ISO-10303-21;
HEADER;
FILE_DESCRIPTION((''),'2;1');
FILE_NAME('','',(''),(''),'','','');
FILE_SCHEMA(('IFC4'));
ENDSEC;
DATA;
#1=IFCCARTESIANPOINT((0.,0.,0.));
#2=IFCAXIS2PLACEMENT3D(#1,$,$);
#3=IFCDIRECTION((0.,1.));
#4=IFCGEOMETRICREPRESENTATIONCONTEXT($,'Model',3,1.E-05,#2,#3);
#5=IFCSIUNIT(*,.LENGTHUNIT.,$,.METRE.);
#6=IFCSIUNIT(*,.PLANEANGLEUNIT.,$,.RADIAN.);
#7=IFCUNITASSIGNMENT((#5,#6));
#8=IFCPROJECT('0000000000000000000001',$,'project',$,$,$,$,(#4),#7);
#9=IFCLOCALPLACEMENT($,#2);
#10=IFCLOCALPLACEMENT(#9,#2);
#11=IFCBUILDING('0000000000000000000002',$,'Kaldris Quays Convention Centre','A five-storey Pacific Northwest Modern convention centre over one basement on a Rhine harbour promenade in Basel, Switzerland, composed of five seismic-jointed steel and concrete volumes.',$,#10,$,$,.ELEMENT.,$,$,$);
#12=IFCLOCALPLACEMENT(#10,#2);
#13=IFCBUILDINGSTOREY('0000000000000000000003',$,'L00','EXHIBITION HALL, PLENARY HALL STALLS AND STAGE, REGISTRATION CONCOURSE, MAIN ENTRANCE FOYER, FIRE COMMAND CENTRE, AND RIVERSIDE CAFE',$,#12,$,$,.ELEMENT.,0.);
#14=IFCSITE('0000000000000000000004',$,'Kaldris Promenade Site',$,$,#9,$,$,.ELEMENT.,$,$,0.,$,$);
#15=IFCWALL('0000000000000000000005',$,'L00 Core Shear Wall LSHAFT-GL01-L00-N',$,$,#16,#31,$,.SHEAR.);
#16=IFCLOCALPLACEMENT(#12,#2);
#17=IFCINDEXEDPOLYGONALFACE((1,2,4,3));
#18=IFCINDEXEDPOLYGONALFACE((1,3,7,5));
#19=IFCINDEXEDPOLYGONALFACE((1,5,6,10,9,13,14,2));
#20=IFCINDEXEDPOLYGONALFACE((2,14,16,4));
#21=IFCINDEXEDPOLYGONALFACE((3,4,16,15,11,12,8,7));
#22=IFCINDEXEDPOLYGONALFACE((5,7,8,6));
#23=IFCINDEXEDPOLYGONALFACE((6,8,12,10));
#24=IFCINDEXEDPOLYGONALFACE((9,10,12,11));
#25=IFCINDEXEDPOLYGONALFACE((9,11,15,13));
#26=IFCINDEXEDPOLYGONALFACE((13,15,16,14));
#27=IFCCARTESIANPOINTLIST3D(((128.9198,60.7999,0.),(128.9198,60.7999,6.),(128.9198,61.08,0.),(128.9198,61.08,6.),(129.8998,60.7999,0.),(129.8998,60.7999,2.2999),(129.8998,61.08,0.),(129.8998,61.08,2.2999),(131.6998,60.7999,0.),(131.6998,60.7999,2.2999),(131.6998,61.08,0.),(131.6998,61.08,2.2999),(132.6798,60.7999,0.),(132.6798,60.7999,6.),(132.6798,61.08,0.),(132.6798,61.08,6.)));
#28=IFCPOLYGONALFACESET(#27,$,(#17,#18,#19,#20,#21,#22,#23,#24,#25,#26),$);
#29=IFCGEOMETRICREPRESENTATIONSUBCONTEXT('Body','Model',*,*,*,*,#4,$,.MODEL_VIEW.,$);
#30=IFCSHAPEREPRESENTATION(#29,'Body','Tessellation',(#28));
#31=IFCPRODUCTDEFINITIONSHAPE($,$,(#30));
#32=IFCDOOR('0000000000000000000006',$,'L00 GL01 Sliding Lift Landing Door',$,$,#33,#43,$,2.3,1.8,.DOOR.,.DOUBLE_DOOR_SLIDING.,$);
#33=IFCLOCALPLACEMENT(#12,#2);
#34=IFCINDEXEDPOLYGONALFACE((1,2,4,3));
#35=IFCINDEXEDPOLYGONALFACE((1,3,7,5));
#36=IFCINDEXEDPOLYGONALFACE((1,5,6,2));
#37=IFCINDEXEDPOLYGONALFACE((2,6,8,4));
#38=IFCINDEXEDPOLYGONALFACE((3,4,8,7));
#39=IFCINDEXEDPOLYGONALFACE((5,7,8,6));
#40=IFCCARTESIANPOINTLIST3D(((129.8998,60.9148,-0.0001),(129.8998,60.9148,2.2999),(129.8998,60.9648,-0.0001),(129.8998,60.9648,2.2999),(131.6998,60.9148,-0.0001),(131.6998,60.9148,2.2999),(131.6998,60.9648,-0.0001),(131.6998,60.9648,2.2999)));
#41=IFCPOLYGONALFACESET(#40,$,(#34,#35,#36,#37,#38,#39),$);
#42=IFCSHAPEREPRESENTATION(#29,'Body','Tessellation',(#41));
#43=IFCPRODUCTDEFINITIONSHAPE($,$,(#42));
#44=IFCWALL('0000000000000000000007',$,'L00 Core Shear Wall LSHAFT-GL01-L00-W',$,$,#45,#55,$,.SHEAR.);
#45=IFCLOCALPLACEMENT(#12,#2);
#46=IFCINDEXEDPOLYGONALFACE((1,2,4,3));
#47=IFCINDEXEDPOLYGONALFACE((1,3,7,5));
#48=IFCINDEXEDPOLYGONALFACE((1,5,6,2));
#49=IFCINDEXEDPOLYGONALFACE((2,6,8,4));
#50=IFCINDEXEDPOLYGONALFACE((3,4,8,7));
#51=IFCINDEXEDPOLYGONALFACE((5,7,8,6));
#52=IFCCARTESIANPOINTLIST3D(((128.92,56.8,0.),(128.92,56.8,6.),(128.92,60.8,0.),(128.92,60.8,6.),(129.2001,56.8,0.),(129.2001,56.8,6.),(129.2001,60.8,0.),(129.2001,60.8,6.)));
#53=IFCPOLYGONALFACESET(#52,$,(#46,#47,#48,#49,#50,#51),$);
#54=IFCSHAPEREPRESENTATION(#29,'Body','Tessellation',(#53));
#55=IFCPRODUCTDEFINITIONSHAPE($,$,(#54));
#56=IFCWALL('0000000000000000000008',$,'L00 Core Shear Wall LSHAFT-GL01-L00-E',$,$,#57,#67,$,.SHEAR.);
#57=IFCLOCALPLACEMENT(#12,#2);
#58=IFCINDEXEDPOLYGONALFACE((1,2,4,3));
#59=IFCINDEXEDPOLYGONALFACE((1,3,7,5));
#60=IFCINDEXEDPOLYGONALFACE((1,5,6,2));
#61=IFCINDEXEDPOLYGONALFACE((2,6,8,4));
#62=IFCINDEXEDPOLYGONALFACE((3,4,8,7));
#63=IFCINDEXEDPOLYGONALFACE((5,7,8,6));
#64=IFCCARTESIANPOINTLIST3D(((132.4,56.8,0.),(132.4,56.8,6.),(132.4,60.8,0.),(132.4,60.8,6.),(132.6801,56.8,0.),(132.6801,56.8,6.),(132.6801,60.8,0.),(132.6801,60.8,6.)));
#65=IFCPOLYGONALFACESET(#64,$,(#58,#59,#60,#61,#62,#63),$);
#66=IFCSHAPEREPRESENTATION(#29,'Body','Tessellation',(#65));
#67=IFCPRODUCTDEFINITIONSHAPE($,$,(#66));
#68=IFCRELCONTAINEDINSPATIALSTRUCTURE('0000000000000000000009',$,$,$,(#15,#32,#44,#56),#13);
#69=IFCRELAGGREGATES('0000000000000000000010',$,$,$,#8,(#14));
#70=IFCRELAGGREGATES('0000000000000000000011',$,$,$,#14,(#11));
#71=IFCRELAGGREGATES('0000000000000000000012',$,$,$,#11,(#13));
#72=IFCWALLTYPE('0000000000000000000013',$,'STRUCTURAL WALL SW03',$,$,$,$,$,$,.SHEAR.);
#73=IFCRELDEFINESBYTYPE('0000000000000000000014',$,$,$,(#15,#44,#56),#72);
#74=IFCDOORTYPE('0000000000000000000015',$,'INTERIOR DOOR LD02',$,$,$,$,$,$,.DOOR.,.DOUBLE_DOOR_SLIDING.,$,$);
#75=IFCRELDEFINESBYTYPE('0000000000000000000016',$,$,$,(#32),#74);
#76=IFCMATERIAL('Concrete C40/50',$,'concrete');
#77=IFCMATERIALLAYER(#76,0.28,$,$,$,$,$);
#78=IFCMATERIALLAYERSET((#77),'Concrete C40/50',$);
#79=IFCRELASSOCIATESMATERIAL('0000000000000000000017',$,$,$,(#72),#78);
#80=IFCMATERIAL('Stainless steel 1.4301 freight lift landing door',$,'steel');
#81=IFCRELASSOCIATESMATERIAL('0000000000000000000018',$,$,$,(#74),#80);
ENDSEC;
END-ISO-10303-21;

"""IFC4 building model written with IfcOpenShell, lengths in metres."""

from ifc_helpers import new_model, si_unit, direction, frame, frame_2d, origin, place, context, subcontext, project, spatial, rectangle, extrude, material, layer, layer_set, type_object, element, fill, save


model = new_model("IFC4")

# Units and contexts
model_context = context("Model", 3, precision=1e-05, world=origin(), true_north=direction((0.0, 1.0)))
body_context = subcontext(model_context, "Body", "Model", "MODEL_VIEW")
ifc_project = project(units=[si_unit("LENGTHUNIT", "METRE"), si_unit("PLANEANGLEUNIT", "RADIAN")], contexts=[model_context])

# Site, building, storey
site_placement = place(None, origin())
site = spatial("IfcSite", under=ifc_project, at=site_placement, Name="Kaldris Promenade Site", CompositionType="ELEMENT", RefElevation=0.0)
building_placement = place(site_placement, origin())
building = spatial("IfcBuilding", under=site, at=building_placement, Name="Kaldris Quays Convention Centre", Description="A five-storey Pacific Northwest Modern convention centre over one basement on a Rhine harbour promenade in Basel, Switzerland, composed of five seismic-jointed steel and concrete volumes.", CompositionType="ELEMENT")
storey_placement = place(building_placement, origin())
storey = spatial("IfcBuildingStorey", under=building, at=storey_placement, Name="L00", Description="EXHIBITION HALL, PLENARY HALL STALLS AND STAGE, REGISTRATION CONCOURSE, MAIN ENTRANCE FOYER, FIRE COMMAND CENTRE, AND RIVERSIDE CAFE", CompositionType="ELEMENT", Elevation=0.0)

# Shared definitions
ifc_material_1 = material(Name="Concrete C40/50", Category="concrete")

# Shared definitions
ifc_layer_1 = layer(ifc_material_1, 0.28)
ifc_layer_set_1 = layer_set([ifc_layer_1], Name="Concrete C40/50")
wall_type_1 = type_object("IfcWallType", Name="STRUCTURAL WALL SW03", PredefinedType="SHEAR", material=ifc_layer_set_1)

# Wall, opening, door
wall_1_placement = place(storey_placement, frame((128.9199, 60.9399, 0.0), z_axis=(0.0, 0.0, 1.0), x_axis=(1.0, 0.0, 0.0)))
wall_1 = element("IfcWall", 1, at=wall_1_placement, inside=storey, type_object=wall_type_1, Name="L00 Core Shear Wall LSHAFT-GL01-L00-N", PredefinedType="SHEAR", context=body_context, shape_type="SweptSolid", body=[
    extrude(rectangle(XDim=3.76, YDim=0.28, at=frame_2d((1.8799, 0.0))), origin(), (0.0, 0.0, 1.0), 6.0),
])
opening_1_placement = place(wall_1_placement, frame((0.98, 0.0, 0.0)))
opening_1 = element("IfcOpeningElement", 2, at=opening_1_placement, cuts=wall_1, PredefinedType="OPENING", context=body_context, shape_type="SweptSolid", body=[
    extrude(rectangle(XDim=1.8, YDim=2.3, at=frame_2d((0.8999, 1.1499))), frame((0.0, 0.1499, 0.0), z_axis=(0.0, -1.0, 0.0), x_axis=(1.0, 0.0, 0.0)), (0.0, 0.0, 1.0), 0.3),
])
ifc_material_2 = material(Name="Stainless steel 1.4301 freight lift landing door", Category="steel")
door_type_1 = type_object("IfcDoorType", Name="INTERIOR DOOR LD02", OperationType="DOUBLE_DOOR_SLIDING", PredefinedType="DOOR", material=ifc_material_2)
door_1_placement = place(opening_1_placement, origin())
door_1 = element("IfcDoor", 3, at=door_1_placement, inside=storey, type_object=door_type_1, Name="L00 GL01 Sliding Lift Landing Door", OperationType="DOUBLE_DOOR_SLIDING", OverallHeight=2.3, OverallWidth=1.8, PredefinedType="DOOR", context=body_context, shape_type="SweptSolid", body=[
    extrude(rectangle(XDim=1.8, YDim=2.3, at=frame_2d((0.8999, 1.1499))), frame((0.0, 0.0249, 0.0), z_axis=(0.0, -1.0, 0.0), x_axis=(1.0, 0.0, 0.0)), (0.0, 0.0, 1.0), 0.05),
])
fill(opening_1, door_1)

# Walls
for number, where, z_axis, x_axis, name in (
    (4, (129.0601, 56.8, 0.0), (0.0, 0.0, 1.0), (0.0, 1.0, 0.0), "L00 Core Shear Wall LSHAFT-GL01-L00-W"),
    (5, (132.54, 56.8, 0.0), (0.0, 0.0, 1.0), (0.0, 1.0, 0.0), "L00 Core Shear Wall LSHAFT-GL01-L00-E"),
):
    element("IfcWall", number, at=place(storey_placement, frame(where, z_axis=z_axis, x_axis=x_axis)), inside=storey, type_object=wall_type_1, Name=name, PredefinedType="SHEAR", context=body_context, shape_type="SweptSolid", body=[
        extrude(rectangle(XDim=4.0, YDim=0.28, at=frame_2d((2.0, 0.0))), origin(), (0.0, 0.0, 1.0), 6.0),
    ])

save(model, "model.ifc")
